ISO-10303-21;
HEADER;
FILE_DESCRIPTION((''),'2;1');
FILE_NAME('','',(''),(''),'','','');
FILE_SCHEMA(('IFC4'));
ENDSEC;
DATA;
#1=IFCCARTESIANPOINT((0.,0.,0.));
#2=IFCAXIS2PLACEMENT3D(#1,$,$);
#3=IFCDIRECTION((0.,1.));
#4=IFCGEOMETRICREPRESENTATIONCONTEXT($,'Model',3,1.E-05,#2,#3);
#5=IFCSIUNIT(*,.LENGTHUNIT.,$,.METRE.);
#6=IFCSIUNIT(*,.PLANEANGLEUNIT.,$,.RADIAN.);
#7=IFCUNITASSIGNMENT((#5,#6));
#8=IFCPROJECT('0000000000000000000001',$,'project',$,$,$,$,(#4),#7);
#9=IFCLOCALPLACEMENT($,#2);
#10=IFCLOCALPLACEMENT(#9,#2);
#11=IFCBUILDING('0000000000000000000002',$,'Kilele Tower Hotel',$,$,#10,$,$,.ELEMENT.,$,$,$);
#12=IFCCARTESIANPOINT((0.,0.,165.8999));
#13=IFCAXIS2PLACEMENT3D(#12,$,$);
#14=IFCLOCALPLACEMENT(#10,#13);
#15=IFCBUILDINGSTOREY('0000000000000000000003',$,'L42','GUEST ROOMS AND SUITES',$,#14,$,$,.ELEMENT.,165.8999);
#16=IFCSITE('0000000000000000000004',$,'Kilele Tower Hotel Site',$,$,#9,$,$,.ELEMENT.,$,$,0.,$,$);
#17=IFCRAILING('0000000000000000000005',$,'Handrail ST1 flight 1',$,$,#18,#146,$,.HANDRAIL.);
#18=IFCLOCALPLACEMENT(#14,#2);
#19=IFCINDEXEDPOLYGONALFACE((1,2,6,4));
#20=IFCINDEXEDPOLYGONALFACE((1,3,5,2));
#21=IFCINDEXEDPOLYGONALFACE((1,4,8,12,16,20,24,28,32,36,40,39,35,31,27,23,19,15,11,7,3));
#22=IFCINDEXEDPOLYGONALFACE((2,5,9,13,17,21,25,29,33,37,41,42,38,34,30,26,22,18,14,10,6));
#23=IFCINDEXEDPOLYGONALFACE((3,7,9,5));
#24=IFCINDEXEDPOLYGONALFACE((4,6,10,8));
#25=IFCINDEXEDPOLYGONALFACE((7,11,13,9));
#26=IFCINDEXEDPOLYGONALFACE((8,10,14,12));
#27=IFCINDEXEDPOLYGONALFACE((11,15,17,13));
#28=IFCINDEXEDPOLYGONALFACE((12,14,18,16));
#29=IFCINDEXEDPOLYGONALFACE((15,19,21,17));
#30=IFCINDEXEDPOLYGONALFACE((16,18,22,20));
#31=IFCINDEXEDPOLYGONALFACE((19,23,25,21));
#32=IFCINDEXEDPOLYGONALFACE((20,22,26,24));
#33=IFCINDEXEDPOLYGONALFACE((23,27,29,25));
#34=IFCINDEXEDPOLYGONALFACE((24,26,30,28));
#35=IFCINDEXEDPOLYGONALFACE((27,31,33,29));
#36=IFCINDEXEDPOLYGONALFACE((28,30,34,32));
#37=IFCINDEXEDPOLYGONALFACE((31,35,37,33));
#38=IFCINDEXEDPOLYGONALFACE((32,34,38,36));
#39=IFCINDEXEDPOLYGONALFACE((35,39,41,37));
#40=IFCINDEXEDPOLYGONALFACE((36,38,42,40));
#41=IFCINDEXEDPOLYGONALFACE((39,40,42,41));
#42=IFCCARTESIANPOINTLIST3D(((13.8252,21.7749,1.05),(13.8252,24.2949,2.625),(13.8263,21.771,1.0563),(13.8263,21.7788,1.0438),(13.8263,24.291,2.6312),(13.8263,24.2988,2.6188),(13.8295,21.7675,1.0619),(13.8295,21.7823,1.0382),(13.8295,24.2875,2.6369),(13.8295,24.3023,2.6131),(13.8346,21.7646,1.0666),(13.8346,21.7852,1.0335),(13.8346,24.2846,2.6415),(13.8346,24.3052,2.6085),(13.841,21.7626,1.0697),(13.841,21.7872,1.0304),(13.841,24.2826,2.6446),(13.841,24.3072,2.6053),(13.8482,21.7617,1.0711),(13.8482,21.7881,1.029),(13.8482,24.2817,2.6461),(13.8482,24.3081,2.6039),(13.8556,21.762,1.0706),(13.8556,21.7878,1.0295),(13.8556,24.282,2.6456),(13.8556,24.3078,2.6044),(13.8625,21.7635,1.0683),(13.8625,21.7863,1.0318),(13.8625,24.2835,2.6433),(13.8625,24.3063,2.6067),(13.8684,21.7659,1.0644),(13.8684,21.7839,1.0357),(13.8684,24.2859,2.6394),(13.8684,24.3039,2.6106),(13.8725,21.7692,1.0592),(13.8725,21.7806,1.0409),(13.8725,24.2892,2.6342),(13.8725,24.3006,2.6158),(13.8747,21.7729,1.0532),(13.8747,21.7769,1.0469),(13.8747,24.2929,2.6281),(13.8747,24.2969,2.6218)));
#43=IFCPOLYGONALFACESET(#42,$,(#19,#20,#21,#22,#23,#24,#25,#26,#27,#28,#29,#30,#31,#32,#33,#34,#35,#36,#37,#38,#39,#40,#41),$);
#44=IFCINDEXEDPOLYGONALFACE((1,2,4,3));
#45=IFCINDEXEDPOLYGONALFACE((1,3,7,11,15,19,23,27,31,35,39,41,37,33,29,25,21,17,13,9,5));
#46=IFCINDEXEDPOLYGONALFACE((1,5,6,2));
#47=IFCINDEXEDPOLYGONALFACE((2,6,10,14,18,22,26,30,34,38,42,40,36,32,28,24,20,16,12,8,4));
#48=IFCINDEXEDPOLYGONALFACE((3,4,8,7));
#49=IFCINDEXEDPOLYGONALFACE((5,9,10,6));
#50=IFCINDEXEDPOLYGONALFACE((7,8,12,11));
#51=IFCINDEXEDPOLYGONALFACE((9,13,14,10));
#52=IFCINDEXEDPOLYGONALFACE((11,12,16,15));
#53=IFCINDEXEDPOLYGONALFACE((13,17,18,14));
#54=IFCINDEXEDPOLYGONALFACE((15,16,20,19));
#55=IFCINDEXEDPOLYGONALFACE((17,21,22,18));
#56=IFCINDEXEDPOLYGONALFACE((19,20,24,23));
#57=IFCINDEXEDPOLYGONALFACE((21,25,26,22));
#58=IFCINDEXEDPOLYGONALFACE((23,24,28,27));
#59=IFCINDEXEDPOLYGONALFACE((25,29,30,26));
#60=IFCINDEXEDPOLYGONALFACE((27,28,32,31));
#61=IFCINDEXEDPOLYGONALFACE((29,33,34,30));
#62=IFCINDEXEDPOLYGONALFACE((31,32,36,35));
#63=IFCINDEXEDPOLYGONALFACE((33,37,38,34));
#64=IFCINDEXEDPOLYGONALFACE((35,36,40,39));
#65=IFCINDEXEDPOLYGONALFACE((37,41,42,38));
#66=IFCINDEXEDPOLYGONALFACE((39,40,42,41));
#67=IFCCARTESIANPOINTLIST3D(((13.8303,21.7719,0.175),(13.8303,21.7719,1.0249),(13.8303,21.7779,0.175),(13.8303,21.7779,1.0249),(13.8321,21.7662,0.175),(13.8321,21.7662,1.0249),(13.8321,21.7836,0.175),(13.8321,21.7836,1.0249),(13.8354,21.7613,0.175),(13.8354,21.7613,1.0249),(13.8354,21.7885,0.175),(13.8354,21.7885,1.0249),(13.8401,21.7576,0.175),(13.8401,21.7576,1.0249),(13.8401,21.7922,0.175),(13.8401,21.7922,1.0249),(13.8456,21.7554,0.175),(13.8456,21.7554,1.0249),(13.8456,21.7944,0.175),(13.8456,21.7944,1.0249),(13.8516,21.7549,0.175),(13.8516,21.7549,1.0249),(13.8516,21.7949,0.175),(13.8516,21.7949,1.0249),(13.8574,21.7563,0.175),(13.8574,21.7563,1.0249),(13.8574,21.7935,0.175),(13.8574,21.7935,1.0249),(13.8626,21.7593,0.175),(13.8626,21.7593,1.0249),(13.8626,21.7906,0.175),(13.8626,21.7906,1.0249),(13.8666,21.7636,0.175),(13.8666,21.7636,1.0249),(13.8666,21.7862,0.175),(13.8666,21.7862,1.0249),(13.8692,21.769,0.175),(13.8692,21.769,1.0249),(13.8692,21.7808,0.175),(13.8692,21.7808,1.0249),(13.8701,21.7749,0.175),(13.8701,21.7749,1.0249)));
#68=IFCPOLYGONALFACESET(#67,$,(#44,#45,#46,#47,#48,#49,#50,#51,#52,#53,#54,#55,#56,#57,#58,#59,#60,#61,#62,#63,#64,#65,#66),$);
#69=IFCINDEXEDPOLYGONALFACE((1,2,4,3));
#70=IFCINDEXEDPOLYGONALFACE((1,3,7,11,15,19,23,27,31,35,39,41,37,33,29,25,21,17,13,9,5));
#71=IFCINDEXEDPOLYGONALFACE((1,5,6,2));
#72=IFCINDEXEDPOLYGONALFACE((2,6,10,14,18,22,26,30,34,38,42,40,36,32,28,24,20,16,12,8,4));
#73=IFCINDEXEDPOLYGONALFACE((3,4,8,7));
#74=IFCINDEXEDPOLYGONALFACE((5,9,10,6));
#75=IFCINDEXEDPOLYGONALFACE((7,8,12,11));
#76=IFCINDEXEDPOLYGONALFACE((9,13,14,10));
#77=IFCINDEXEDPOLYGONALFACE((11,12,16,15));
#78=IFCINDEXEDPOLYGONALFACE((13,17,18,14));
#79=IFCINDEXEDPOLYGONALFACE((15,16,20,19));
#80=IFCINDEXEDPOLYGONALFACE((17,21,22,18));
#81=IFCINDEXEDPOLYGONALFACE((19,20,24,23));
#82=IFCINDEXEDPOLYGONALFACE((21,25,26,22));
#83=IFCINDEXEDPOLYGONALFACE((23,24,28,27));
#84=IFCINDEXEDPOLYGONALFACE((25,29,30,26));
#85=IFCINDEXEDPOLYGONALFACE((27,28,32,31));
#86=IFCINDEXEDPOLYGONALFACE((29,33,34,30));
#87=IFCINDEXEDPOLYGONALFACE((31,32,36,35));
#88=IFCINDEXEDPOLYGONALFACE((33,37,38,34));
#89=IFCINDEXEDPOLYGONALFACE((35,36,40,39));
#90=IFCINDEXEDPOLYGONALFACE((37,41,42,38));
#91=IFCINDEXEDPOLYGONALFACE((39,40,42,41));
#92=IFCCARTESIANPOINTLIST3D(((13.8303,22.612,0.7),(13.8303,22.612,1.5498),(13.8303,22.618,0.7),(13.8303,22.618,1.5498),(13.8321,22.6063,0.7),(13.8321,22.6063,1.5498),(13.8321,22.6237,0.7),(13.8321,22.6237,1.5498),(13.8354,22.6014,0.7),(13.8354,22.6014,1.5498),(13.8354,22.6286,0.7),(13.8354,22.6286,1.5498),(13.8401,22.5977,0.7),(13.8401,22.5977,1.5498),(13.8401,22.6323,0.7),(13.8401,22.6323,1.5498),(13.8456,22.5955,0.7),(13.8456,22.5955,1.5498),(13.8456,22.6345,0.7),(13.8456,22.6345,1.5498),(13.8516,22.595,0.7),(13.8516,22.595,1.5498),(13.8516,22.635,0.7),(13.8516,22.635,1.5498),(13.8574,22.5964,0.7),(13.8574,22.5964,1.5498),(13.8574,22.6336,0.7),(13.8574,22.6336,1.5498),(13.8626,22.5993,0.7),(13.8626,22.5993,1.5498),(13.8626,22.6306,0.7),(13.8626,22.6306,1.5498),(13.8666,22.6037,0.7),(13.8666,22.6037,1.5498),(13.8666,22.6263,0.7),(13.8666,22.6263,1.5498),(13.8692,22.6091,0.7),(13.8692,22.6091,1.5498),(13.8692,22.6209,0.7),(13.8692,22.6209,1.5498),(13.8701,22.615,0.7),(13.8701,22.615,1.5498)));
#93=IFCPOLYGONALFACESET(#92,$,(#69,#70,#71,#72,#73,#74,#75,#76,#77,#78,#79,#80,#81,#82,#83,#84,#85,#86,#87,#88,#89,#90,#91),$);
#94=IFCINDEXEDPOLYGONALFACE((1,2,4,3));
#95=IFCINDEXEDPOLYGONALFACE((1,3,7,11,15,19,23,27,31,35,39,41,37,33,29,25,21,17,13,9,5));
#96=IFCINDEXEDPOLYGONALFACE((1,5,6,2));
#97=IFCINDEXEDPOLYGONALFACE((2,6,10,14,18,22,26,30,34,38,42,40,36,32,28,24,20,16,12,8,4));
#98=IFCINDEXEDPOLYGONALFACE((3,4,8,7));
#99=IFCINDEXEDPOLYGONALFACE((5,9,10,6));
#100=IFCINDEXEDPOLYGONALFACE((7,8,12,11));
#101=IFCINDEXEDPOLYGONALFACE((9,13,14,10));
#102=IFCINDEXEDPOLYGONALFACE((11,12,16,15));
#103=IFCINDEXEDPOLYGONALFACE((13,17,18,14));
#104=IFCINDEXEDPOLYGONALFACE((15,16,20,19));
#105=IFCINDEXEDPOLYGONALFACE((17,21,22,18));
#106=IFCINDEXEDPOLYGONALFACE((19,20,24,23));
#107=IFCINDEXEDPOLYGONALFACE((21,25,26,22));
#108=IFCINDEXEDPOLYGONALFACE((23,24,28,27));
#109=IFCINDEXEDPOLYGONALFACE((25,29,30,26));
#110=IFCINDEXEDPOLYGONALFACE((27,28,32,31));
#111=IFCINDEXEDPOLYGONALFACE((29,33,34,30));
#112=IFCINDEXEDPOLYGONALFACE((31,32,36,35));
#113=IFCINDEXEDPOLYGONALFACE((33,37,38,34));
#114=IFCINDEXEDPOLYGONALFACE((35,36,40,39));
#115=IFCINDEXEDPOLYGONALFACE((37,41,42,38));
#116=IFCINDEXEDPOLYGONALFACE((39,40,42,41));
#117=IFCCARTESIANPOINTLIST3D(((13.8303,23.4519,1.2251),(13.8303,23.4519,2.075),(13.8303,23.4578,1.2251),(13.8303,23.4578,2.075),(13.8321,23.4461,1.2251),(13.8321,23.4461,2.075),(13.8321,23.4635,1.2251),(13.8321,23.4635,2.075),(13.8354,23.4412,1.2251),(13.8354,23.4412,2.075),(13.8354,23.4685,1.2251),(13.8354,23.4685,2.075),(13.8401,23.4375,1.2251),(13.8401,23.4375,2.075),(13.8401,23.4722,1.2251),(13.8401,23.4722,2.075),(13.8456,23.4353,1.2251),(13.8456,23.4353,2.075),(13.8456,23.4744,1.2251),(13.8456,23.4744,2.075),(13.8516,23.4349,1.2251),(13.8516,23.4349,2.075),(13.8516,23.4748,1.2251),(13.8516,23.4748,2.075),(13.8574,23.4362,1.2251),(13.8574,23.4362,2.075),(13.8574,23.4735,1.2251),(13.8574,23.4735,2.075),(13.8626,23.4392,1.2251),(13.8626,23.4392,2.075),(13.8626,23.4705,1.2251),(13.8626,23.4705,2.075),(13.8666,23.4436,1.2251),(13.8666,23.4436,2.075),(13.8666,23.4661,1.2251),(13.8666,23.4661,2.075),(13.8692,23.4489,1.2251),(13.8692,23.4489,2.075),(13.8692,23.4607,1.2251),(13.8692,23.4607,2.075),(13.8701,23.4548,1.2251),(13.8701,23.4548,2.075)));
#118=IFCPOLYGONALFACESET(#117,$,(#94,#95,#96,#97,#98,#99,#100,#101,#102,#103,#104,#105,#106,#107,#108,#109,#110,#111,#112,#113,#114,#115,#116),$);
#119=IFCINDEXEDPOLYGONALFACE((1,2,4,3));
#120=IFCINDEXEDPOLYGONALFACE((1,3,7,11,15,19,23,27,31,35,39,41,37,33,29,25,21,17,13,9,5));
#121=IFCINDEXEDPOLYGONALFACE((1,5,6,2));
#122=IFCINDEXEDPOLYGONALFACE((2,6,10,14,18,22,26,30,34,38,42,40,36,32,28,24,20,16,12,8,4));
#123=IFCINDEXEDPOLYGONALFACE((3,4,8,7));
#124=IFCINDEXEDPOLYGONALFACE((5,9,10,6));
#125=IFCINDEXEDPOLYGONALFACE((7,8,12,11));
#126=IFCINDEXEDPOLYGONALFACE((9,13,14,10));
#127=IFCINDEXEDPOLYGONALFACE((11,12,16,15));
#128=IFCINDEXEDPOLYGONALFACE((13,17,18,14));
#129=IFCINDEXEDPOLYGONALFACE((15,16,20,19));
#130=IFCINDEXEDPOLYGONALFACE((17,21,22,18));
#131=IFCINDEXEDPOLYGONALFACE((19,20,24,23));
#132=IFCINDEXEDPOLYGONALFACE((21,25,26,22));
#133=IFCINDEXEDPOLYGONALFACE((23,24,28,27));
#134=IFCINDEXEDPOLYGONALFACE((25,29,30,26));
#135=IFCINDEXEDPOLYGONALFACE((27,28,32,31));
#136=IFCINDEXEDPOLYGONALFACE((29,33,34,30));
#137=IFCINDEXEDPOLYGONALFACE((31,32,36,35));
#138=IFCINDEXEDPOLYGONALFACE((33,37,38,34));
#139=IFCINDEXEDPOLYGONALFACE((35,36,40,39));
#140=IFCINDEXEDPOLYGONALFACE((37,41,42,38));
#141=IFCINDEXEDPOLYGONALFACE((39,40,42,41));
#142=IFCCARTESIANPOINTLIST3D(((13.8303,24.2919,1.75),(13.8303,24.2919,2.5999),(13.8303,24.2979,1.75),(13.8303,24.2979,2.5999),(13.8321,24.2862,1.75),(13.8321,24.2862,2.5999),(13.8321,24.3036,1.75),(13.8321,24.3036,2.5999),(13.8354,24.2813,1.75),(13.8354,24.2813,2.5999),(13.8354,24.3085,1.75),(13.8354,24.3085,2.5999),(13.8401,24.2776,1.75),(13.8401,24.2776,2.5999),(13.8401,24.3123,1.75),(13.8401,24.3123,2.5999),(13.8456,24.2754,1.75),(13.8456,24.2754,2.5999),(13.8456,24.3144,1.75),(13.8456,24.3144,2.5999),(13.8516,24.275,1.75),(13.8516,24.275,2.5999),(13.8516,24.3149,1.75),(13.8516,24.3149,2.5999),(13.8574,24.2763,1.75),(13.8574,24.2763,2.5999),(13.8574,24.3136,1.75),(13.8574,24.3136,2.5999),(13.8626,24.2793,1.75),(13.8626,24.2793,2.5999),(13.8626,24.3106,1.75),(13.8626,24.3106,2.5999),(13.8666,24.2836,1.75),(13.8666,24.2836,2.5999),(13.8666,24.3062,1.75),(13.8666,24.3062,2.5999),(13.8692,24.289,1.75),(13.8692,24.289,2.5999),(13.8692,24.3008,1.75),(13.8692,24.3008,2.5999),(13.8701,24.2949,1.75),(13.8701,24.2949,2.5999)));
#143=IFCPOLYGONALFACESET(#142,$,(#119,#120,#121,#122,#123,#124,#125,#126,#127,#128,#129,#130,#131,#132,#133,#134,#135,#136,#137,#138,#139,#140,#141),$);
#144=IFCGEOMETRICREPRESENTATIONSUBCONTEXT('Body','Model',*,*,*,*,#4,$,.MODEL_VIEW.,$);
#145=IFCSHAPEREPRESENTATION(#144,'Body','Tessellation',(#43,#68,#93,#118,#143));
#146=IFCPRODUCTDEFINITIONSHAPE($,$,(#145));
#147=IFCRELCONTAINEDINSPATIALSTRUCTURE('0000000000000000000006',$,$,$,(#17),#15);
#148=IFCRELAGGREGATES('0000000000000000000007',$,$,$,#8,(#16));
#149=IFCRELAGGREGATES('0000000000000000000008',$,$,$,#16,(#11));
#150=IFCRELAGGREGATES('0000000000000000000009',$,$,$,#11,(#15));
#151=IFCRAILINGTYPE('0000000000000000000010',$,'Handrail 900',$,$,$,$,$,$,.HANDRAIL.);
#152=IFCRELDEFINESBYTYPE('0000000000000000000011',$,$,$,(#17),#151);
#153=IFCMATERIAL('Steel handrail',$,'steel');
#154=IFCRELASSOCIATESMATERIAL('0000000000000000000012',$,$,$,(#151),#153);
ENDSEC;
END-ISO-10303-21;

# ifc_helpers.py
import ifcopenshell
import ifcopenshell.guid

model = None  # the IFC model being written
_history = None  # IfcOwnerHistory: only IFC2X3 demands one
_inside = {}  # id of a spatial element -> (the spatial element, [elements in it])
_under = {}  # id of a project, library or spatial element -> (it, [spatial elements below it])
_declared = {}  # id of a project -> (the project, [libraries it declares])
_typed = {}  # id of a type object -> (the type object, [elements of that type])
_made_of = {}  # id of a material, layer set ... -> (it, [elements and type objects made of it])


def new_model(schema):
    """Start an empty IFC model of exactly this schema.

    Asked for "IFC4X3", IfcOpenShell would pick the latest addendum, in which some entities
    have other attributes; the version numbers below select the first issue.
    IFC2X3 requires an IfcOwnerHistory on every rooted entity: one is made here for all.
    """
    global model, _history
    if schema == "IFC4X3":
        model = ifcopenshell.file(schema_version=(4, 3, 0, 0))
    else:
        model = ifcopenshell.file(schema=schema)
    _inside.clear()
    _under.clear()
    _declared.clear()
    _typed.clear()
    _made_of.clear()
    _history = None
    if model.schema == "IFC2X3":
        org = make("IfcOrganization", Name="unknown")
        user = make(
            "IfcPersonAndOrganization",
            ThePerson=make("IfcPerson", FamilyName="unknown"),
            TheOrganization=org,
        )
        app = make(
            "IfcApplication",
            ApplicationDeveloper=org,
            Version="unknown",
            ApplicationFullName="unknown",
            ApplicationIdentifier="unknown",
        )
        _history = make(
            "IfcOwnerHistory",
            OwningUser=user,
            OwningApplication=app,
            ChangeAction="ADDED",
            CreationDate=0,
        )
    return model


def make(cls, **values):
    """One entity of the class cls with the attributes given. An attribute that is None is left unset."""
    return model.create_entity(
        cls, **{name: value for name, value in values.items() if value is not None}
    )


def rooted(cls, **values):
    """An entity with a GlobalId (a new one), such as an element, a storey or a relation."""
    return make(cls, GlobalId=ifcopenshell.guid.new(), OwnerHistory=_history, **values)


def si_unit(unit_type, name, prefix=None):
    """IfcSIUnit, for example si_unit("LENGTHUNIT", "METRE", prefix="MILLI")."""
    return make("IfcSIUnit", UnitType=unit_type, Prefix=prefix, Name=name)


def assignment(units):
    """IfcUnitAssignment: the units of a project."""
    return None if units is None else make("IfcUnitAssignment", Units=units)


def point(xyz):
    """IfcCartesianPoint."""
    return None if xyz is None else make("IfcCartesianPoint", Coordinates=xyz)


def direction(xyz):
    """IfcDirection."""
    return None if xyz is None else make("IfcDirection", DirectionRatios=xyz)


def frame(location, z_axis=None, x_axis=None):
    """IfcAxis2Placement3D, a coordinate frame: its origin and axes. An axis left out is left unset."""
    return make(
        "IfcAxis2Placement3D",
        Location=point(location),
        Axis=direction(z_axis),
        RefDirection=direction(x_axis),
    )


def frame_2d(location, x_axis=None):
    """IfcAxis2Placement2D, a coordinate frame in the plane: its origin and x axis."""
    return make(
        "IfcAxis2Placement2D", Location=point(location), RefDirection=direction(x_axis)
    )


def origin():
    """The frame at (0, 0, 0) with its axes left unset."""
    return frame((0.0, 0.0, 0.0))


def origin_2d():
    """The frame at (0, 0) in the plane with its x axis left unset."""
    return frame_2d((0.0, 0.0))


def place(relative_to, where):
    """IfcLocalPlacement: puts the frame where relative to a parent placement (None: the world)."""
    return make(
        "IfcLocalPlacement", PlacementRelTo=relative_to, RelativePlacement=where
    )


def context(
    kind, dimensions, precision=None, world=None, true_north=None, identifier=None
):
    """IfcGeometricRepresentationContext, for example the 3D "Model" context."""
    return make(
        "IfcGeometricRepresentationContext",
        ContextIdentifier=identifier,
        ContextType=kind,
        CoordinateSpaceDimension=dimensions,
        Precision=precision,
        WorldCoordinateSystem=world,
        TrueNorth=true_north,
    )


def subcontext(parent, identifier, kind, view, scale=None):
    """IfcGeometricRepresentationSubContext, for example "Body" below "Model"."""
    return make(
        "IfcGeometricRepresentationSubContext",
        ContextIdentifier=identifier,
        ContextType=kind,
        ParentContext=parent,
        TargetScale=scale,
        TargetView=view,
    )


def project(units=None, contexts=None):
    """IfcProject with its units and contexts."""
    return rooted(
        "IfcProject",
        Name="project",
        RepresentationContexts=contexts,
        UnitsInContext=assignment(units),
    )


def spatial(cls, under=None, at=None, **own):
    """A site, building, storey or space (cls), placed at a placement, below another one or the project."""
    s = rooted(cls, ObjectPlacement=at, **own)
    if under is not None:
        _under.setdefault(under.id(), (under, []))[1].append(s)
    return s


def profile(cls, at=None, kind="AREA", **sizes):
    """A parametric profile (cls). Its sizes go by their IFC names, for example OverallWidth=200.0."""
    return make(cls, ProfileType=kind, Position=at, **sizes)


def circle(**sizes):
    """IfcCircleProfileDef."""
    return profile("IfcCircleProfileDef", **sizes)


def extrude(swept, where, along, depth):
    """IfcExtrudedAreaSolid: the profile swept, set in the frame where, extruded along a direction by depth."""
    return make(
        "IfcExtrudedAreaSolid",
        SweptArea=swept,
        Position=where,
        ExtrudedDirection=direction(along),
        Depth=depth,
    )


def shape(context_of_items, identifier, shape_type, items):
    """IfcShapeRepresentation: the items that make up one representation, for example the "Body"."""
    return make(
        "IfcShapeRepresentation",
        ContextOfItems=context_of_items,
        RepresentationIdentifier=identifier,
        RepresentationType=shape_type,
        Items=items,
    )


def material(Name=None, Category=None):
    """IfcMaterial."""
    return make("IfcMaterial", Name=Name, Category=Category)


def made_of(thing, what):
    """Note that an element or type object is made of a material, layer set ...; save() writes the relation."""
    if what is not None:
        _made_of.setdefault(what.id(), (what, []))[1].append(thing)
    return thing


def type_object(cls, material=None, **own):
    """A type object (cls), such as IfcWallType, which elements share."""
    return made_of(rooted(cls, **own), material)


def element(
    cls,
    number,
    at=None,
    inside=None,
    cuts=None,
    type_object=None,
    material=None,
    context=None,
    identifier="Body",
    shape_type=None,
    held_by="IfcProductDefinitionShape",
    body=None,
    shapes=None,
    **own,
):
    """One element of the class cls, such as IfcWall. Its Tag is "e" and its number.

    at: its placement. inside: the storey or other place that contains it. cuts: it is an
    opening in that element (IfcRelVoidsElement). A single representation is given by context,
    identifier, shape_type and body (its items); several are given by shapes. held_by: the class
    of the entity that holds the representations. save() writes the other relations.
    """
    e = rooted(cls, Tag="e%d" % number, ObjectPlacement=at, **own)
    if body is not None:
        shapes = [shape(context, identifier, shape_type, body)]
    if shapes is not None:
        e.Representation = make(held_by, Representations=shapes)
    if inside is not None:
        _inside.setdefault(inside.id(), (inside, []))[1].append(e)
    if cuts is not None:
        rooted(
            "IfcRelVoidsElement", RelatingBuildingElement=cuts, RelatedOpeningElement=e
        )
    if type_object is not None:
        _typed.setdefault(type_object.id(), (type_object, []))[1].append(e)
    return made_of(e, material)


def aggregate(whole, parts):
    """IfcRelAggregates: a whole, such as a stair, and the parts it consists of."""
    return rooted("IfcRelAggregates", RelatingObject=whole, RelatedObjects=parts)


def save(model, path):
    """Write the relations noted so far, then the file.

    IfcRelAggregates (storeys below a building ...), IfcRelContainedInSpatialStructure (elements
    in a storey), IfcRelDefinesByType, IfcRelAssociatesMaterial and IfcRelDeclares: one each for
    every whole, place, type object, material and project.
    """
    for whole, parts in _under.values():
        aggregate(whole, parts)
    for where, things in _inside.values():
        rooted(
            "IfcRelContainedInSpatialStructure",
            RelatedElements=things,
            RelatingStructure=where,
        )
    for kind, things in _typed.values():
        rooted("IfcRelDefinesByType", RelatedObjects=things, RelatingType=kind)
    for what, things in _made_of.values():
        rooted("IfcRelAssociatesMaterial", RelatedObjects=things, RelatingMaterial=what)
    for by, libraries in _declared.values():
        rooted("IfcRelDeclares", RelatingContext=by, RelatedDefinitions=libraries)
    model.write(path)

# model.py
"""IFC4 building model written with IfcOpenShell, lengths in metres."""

from ifc_helpers import new_model, si_unit, direction, frame, origin, origin_2d, place, context, subcontext, project, spatial, circle, extrude, material, type_object, element, save


model = new_model("IFC4")

# Units and contexts
model_context = context("Model", 3, precision=1e-05, world=origin(), true_north=direction((0.0, 1.0)))
body_context = subcontext(model_context, "Body", "Model", "MODEL_VIEW")
ifc_project = project(units=[si_unit("LENGTHUNIT", "METRE"), si_unit("PLANEANGLEUNIT", "RADIAN")], contexts=[model_context])

# Site, building, storey
site_placement = place(None, origin())
site = spatial("IfcSite", under=ifc_project, at=site_placement, Name="Kilele Tower Hotel Site", CompositionType="ELEMENT", RefElevation=0.0)
building_placement = place(site_placement, origin())
building = spatial("IfcBuilding", under=site, at=building_placement, Name="Kilele Tower Hotel", CompositionType="ELEMENT")
storey_placement = place(building_placement, frame((0.0, 0.0, 165.8999)))
storey = spatial("IfcBuildingStorey", under=building, at=storey_placement, Name="L42", Description="GUEST ROOMS AND SUITES", CompositionType="ELEMENT", Elevation=165.8999)

# Railing
ifc_material_1 = material(Name="Steel handrail", Category="steel")
railing_type_1 = type_object("IfcRailingType", Name="Handrail 900", PredefinedType="HANDRAIL", material=ifc_material_1)
for number, where, name in (
    (1, (13.8501, 21.7749, 0.175), "Handrail ST1 flight 1"),
):
    element("IfcRailing", number, at=place(storey_placement, frame(where)), inside=storey, type_object=railing_type_1, Name=name, PredefinedType="HANDRAIL", context=body_context, shape_type="SweptSolid", body=[
        extrude(circle(Radius=0.0249, at=origin_2d()), frame((0.0, 0.0, 0.875), z_axis=(0.0, 0.848008, 0.529984), x_axis=(-1.0, 0.0, 0.0)), (0.0, 0.0, 1.0), 2.9717),
        extrude(circle(Radius=0.02, at=origin_2d()), origin(), (0.0, 0.0, 1.0), 0.8499),
        extrude(circle(Radius=0.02, at=origin_2d()), frame((0.0, 0.8401, 0.5249)), (0.0, 0.0, 1.0), 0.8499),
        extrude(circle(Radius=0.02, at=origin_2d()), frame((0.0, 1.6799, 1.05)), (0.0, 0.0, 1.0), 0.8499),
        extrude(circle(Radius=0.02, at=origin_2d()), frame((0.0, 2.52, 1.575)), (0.0, 0.0, 1.0), 0.8499),
    ])

save(model, "model.ifc")
